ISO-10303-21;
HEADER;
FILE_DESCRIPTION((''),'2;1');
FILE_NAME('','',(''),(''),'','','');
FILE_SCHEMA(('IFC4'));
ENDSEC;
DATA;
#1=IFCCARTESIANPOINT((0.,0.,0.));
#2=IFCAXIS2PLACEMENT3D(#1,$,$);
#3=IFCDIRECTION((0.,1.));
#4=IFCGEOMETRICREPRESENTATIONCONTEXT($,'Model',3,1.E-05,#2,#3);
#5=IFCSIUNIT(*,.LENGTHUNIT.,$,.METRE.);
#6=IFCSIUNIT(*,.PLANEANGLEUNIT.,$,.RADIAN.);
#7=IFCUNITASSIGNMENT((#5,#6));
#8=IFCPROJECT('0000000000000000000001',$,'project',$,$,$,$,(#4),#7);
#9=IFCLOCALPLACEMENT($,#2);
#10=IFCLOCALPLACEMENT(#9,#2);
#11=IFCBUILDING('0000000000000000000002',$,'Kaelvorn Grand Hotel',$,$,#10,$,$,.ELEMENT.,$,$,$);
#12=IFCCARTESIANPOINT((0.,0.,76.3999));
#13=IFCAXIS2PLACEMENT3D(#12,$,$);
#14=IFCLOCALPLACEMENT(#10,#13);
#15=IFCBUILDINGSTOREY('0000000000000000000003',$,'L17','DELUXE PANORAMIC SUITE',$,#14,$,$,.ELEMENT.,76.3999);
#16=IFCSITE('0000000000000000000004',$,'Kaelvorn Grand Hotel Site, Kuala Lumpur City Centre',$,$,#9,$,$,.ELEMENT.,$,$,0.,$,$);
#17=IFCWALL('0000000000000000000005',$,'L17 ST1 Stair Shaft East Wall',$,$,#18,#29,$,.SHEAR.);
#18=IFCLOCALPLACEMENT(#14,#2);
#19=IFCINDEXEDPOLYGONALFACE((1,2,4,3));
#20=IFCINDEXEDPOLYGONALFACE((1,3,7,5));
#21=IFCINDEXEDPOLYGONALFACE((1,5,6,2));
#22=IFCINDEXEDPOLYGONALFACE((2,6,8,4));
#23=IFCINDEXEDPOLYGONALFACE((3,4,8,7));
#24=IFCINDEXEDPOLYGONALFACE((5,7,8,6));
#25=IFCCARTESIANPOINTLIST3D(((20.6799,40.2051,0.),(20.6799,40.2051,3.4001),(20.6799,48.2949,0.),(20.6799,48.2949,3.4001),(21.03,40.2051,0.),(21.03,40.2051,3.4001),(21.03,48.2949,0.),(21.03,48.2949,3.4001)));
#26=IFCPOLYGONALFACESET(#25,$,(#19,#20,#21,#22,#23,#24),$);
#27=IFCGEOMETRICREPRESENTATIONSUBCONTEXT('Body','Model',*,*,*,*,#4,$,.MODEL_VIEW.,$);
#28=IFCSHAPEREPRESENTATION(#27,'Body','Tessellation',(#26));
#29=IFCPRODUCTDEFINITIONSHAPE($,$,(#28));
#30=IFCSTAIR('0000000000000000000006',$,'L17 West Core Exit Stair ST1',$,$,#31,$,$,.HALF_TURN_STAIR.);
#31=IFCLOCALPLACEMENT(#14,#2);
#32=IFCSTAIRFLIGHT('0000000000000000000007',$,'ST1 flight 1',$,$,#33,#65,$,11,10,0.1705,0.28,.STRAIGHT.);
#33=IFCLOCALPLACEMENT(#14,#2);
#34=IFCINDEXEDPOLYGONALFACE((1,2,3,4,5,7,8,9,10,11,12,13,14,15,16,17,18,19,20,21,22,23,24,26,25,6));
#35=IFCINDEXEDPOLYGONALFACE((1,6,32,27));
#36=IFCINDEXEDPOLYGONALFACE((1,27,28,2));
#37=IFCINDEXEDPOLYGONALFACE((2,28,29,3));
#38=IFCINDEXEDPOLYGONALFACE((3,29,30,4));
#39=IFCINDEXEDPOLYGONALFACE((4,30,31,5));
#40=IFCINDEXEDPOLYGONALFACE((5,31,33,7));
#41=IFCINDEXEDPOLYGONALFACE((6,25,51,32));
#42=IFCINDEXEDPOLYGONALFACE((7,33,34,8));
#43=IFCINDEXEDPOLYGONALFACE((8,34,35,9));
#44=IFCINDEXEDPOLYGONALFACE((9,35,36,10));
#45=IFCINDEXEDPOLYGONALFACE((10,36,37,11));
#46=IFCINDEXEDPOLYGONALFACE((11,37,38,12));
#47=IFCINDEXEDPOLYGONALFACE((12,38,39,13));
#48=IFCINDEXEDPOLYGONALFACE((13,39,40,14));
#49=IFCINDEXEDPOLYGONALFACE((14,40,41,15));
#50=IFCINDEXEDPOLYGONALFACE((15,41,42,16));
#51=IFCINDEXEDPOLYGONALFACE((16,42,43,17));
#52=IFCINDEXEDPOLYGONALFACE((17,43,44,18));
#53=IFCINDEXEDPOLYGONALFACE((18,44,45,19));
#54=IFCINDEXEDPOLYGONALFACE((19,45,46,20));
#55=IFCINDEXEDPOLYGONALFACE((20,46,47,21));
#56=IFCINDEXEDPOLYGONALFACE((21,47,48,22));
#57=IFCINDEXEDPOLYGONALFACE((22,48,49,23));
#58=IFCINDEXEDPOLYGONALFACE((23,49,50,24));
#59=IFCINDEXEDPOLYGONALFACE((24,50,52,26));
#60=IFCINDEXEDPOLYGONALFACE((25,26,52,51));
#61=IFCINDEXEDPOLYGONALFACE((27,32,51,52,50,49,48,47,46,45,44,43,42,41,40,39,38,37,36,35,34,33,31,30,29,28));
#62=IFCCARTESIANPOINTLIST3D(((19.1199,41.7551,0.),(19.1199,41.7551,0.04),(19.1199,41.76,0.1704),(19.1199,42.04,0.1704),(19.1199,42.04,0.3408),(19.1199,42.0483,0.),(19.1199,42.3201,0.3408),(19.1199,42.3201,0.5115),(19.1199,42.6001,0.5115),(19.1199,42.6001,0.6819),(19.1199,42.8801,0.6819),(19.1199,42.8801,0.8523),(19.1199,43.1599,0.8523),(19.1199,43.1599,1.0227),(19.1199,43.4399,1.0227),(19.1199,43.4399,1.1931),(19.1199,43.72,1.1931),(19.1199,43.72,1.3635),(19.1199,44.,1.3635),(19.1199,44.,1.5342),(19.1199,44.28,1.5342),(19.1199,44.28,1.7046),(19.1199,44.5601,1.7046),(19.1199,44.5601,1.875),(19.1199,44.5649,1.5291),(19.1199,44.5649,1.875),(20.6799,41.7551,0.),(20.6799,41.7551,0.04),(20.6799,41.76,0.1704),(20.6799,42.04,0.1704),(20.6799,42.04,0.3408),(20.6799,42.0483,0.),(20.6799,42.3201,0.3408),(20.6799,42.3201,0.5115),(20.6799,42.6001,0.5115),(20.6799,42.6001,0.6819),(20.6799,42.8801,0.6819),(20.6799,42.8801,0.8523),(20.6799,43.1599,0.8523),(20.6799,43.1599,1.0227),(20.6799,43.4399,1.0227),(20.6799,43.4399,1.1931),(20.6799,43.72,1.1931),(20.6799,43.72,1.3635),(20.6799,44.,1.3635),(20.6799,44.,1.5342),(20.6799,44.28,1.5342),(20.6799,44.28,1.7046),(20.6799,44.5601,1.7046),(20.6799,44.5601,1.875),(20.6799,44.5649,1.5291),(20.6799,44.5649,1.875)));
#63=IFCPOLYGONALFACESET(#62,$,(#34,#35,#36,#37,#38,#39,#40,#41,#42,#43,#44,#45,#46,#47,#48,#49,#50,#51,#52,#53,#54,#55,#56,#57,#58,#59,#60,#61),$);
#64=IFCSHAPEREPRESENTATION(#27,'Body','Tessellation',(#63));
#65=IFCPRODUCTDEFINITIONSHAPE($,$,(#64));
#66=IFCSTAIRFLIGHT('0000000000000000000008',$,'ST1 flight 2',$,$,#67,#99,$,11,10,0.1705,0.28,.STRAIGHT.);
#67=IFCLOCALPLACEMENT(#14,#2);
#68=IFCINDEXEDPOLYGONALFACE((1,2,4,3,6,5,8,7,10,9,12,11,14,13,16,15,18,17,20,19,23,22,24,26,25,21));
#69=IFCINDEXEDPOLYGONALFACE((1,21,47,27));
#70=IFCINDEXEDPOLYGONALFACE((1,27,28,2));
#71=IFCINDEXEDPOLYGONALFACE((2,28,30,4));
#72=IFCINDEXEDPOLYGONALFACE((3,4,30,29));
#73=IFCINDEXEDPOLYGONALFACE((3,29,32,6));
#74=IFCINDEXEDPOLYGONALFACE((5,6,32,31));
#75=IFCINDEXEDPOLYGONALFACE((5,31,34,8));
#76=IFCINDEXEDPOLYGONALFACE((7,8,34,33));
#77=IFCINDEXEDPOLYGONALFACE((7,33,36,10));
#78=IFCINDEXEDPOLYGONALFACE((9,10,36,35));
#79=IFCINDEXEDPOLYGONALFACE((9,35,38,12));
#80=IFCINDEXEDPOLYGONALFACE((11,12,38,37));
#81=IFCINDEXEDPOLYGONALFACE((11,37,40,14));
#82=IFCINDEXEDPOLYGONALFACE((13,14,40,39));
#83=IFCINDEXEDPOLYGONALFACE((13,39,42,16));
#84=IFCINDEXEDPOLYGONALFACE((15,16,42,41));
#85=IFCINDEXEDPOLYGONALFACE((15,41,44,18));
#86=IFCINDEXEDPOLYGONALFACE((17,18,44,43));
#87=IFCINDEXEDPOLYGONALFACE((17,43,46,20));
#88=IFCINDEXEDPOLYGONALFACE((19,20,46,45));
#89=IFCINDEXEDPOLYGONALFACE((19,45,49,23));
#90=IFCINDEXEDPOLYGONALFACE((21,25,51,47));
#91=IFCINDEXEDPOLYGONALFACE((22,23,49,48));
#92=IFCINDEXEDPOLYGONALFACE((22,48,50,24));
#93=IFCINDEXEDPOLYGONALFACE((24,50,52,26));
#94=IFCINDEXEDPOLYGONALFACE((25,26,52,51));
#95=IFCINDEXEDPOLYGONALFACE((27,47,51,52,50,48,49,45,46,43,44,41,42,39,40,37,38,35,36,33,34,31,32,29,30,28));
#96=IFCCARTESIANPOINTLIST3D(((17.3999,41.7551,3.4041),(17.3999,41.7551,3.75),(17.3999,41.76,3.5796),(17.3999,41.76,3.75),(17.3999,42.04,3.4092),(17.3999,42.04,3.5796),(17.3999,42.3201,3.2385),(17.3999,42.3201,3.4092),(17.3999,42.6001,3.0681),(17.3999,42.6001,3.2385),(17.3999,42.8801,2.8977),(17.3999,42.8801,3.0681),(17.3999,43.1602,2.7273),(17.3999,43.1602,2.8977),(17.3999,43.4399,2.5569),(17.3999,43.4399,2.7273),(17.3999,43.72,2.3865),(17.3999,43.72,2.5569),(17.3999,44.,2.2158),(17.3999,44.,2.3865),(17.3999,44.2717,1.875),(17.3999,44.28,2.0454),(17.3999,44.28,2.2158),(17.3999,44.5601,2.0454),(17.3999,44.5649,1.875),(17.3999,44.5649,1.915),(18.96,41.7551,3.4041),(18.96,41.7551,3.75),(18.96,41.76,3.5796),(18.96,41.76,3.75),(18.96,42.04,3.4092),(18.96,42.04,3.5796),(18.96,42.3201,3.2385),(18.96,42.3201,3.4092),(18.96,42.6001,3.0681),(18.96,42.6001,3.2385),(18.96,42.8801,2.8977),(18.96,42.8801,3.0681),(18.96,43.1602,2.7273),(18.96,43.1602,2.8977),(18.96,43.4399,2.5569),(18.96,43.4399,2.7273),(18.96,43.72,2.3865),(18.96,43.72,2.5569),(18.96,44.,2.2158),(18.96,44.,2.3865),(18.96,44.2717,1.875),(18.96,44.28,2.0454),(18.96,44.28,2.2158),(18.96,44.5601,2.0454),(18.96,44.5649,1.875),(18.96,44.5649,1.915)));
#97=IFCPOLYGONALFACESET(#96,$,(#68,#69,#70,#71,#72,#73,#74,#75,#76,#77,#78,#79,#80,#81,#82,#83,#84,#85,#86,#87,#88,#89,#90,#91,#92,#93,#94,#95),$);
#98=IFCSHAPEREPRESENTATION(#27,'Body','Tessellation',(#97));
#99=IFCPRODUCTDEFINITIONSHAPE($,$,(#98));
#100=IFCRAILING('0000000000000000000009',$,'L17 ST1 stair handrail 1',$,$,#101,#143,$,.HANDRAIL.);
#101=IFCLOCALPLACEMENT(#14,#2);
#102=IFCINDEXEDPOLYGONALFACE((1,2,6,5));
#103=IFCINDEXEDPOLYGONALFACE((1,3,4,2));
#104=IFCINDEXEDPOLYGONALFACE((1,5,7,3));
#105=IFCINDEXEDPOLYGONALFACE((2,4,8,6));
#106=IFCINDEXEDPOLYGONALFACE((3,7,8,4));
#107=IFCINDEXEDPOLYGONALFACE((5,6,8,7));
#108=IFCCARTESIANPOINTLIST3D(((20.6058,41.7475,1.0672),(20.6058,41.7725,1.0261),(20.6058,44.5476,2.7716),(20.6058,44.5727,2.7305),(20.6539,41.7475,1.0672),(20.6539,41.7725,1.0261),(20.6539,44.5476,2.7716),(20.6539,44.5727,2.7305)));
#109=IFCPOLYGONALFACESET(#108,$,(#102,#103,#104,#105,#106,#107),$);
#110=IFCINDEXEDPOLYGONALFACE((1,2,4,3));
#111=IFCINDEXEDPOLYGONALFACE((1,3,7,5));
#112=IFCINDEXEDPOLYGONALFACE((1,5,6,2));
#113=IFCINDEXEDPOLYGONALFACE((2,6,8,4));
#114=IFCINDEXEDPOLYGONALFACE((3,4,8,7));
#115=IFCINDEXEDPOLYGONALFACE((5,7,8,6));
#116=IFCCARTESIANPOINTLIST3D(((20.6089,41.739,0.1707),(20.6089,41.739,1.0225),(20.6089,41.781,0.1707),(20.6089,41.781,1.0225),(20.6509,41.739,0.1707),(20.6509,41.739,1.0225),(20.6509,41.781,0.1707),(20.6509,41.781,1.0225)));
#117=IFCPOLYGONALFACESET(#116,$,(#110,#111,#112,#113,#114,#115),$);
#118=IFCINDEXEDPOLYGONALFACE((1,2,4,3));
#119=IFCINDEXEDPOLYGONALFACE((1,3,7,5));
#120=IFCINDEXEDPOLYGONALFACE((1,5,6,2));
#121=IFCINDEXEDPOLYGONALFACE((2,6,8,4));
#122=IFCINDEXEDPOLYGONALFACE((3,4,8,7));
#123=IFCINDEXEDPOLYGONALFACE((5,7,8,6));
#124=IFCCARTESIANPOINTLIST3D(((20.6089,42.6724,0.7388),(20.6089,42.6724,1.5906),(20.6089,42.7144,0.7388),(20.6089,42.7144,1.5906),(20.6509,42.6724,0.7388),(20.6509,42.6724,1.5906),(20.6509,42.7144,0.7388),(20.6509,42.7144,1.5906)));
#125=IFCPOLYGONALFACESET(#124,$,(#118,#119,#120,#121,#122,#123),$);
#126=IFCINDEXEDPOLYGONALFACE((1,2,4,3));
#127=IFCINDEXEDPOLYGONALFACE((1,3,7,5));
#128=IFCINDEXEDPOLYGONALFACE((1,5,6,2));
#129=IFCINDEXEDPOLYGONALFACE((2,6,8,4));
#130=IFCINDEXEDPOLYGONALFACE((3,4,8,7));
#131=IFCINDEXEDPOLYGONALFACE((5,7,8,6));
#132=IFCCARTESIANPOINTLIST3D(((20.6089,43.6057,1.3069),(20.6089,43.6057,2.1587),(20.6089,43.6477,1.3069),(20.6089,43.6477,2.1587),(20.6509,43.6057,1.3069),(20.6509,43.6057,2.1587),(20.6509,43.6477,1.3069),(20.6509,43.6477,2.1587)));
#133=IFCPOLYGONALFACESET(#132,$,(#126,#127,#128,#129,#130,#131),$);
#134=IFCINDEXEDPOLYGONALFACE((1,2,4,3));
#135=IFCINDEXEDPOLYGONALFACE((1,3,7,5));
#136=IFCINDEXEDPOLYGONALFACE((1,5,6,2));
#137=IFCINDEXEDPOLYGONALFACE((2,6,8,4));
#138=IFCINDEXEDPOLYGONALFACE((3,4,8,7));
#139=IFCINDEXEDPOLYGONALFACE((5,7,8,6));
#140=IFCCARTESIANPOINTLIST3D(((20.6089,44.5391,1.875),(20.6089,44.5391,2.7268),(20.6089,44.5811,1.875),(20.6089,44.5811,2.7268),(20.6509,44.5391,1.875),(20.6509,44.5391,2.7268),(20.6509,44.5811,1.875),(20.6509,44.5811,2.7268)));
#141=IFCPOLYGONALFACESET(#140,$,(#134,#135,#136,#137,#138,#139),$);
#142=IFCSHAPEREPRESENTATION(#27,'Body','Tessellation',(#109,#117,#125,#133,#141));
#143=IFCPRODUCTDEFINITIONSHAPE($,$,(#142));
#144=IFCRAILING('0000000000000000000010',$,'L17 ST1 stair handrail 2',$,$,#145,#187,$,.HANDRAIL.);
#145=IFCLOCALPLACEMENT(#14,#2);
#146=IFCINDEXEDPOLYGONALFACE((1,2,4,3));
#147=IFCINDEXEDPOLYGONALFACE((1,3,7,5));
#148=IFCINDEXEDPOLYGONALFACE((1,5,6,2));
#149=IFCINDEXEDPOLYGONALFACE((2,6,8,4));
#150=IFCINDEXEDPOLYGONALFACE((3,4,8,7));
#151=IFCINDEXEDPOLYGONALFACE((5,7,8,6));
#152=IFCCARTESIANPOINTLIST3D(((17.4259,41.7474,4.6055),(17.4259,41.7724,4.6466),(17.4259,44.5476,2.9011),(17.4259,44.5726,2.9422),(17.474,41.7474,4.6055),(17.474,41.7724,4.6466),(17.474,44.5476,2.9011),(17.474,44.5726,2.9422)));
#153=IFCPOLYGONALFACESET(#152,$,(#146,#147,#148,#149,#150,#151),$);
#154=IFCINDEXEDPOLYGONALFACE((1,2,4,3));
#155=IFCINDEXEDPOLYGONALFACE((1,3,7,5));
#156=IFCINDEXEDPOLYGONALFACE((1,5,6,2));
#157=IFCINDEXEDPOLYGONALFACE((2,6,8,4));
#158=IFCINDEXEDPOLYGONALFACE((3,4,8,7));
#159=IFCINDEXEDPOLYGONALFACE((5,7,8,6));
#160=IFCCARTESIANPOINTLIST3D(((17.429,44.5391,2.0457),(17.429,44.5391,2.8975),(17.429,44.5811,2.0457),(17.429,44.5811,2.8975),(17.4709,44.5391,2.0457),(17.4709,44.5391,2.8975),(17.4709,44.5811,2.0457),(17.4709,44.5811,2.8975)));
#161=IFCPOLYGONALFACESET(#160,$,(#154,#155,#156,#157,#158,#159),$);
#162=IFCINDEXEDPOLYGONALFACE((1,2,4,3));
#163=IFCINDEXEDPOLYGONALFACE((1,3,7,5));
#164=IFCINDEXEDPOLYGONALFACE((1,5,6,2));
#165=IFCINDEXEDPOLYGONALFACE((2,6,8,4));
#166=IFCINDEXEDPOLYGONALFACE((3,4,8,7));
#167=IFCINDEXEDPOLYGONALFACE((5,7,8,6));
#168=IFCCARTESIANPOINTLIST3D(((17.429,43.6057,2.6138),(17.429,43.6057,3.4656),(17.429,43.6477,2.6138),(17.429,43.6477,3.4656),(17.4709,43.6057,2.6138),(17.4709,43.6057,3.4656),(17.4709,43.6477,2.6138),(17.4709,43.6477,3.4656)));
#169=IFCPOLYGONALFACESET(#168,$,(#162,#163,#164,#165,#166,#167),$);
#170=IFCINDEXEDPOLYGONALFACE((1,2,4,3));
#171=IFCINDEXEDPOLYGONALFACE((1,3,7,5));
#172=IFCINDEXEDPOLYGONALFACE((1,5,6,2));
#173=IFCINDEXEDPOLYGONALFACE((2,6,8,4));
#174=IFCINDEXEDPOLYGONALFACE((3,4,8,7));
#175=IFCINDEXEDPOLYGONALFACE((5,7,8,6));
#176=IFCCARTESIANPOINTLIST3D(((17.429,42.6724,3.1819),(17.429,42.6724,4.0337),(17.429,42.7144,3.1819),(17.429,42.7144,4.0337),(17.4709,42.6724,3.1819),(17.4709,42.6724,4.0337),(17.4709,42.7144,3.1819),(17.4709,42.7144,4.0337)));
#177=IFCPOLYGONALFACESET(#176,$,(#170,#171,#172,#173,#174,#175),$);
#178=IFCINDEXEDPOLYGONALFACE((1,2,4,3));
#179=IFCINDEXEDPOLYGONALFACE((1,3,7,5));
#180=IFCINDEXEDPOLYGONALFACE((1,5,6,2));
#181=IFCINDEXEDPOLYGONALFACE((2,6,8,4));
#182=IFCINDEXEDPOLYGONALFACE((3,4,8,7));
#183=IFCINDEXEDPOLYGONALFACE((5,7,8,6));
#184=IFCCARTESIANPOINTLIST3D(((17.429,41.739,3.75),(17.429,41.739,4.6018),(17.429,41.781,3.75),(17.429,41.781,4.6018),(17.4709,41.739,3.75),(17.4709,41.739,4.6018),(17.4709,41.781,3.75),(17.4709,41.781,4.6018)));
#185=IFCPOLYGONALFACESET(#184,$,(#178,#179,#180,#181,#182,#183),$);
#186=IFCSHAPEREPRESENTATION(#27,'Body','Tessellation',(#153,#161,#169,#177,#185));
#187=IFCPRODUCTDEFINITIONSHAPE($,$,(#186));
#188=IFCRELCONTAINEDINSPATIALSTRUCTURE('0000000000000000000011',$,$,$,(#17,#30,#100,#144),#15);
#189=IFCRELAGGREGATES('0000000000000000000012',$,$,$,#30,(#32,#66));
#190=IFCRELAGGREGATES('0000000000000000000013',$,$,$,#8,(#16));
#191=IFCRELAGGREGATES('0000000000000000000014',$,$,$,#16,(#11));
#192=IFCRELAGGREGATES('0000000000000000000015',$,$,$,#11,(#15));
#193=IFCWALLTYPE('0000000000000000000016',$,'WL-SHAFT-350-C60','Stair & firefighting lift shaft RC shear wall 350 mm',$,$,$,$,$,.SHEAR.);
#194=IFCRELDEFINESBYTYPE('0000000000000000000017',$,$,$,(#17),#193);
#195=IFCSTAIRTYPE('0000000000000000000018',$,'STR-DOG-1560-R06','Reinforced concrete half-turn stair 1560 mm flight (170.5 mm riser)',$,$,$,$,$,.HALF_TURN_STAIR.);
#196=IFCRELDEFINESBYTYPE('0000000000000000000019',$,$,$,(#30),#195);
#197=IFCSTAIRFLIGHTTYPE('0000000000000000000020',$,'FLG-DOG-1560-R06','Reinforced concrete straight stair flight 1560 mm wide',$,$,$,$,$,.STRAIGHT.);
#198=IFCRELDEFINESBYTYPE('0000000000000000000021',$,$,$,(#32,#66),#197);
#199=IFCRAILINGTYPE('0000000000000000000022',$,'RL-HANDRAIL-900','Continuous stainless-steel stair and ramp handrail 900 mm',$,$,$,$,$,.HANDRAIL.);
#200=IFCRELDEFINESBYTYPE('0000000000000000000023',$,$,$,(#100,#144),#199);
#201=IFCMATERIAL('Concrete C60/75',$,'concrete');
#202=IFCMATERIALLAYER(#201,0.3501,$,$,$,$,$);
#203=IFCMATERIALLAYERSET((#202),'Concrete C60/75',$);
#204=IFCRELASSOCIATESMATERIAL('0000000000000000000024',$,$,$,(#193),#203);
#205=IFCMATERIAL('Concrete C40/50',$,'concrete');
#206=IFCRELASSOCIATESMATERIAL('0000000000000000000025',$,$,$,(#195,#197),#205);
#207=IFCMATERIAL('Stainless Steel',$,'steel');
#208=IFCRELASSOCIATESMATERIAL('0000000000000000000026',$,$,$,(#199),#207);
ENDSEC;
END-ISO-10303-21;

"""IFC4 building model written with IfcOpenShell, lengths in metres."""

from ifc_helpers import new_model, si_unit, direction, frame, frame_2d, origin, origin_2d, place, context, subcontext, project, spatial, polyline, rectangle, outline, extrude, material, layer, layer_set, type_object, element, aggregate, save


model = new_model("IFC4")

# Units and contexts
model_context = context("Model", 3, precision=1e-05, world=origin(), true_north=direction((0.0, 1.0)))
body_context = subcontext(model_context, "Body", "Model", "MODEL_VIEW")
ifc_project = project(units=[si_unit("LENGTHUNIT", "METRE"), si_unit("PLANEANGLEUNIT", "RADIAN")], contexts=[model_context])

# Site, building, storey
site_placement = place(None, origin())
site = spatial("IfcSite", under=ifc_project, at=site_placement, Name="Kaelvorn Grand Hotel Site, Kuala Lumpur City Centre", CompositionType="ELEMENT", RefElevation=0.0)
building_placement = place(site_placement, origin())
building = spatial("IfcBuilding", under=site, at=building_placement, Name="Kaelvorn Grand Hotel", CompositionType="ELEMENT")
storey_placement = place(building_placement, frame((0.0, 0.0, 76.3999)))
storey = spatial("IfcBuildingStorey", under=building, at=storey_placement, Name="L17", Description="DELUXE PANORAMIC SUITE", CompositionType="ELEMENT", Elevation=76.3999)

# Shared definitions
ifc_material_1 = material(Name="Concrete C60/75", Category="concrete")

# Wall
ifc_material_2 = material(Name="Concrete C40/50", Category="concrete")
ifc_layer_1 = layer(ifc_material_1, 0.3501)
ifc_layer_set_1 = layer_set([ifc_layer_1], Name="Concrete C60/75")
wall_type_1 = type_object("IfcWallType", Name="WL-SHAFT-350-C60", Description="Stair & firefighting lift shaft RC shear wall 350 mm", PredefinedType="SHEAR", material=ifc_layer_set_1)
for number, where, z_axis, x_axis, name in (
    (1, (20.855, 40.2051, 0.0), (0.0, 0.0, 1.0), (0.0, 1.0, 0.0), "L17 ST1 Stair Shaft East Wall"),
):
    element("IfcWall", number, at=place(storey_placement, frame(where, z_axis=z_axis, x_axis=x_axis)), inside=storey, type_object=wall_type_1, Name=name, PredefinedType="SHEAR", context=body_context, shape_type="SweptSolid", body=[
        extrude(rectangle(XDim=8.0898, YDim=0.3501, at=frame_2d((4.0449, 0.0))), origin(), (0.0, 0.0, 1.0), 3.4001),
    ])

# Stair, stair flights
stair_type = type_object("IfcStairType", Name="STR-DOG-1560-R06", Description="Reinforced concrete half-turn stair 1560 mm flight (170.5 mm riser)", PredefinedType="HALF_TURN_STAIR", material=ifc_material_2)
stair_placement = place(storey_placement, origin())
stair = element("IfcStair", 2, at=stair_placement, inside=storey, type_object=stair_type, Name="L17 West Core Exit Stair ST1", PredefinedType="HALF_TURN_STAIR")
stair_flight_type = type_object("IfcStairFlightType", Name="FLG-DOG-1560-R06", Description="Reinforced concrete straight stair flight 1560 mm wide", PredefinedType="STRAIGHT", material=ifc_material_2)
stair_flight_1_placement = place(storey_placement, frame((19.8999, 41.76, 0.0), z_axis=(0.0, 0.0, 1.0), x_axis=(0.0, 1.0, 0.0)))
stair_flight_1 = element("IfcStairFlight", 3, at=stair_flight_1_placement, type_object=stair_flight_type, Name="ST1 flight 1", NumberOfRisers=11, NumberOfTreads=10, PredefinedType="STRAIGHT", RiserHeight=0.1705, TreadLength=0.28, context=body_context, shape_type="SweptSolid", body=[
    extrude(outline(polyline([(-0.0049, 0.0), (-0.0049, 0.04), (0.0, 0.1704), (0.28, 0.1704), (0.28, 0.3408), (0.5601, 0.3408), (0.5601, 0.5115), (0.8401, 0.5115), (0.8401, 0.6819), (1.1201, 0.6819), (1.1201, 0.8523), (1.3999, 0.8523), (1.3999, 1.0227), (1.6799, 1.0227), (1.6799, 1.1931), (1.96, 1.1931), (1.96, 1.3635), (2.24, 1.3635), (2.24, 1.5342), (2.52, 1.5342), (2.52, 1.7046), (2.8, 1.7046), (2.8, 1.875), (2.8049, 1.875), (2.8049, 1.5291), (0.2883, 0.0), (-0.0049, 0.0)])), frame((0.0, 0.78, 0.0), z_axis=(0.0, -1.0, 0.0), x_axis=(1.0, 0.0, 0.0)), (0.0, 0.0, 1.0), 1.5601),
])
stair_flight_2_placement = place(storey_placement, frame((18.1799, 44.5601, 1.875), z_axis=(0.0, 0.0, 1.0), x_axis=(0.0, -1.0, 0.0)))
stair_flight_2 = element("IfcStairFlight", 4, at=stair_flight_2_placement, type_object=stair_flight_type, Name="ST1 flight 2", NumberOfRisers=11, NumberOfTreads=10, PredefinedType="STRAIGHT", RiserHeight=0.1705, TreadLength=0.28, context=body_context, shape_type="SweptSolid", body=[
    extrude(outline(polyline([(-0.0049, 0.0), (-0.0049, 0.04), (0.0, 0.1704), (0.28, 0.1704), (0.28, 0.3408), (0.5601, 0.3408), (0.5601, 0.5115), (0.8401, 0.5115), (0.8401, 0.6819), (1.1201, 0.6819), (1.1201, 0.8523), (1.3999, 0.8523), (1.3999, 1.0227), (1.6799, 1.0227), (1.6799, 1.1931), (1.96, 1.1931), (1.96, 1.3635), (2.24, 1.3635), (2.24, 1.5342), (2.52, 1.5342), (2.52, 1.7046), (2.8, 1.7046), (2.8, 1.875), (2.8049, 1.875), (2.8049, 1.5291), (0.2883, 0.0), (-0.0049, 0.0)])), frame((0.0, 0.78, 0.0), z_axis=(0.0, -1.0, 0.0), x_axis=(1.0, 0.0, 0.0)), (0.0, 0.0, 1.0), 1.5601),
])
aggregate(stair, [stair_flight_1, stair_flight_2])

# Railings
ifc_material_3 = material(Name="Stainless Steel", Category="steel")
railing_type_1 = type_object("IfcRailingType", Name="RL-HANDRAIL-900", Description="Continuous stainless-steel stair and ramp handrail 900 mm", PredefinedType="HANDRAIL", material=ifc_material_3)
railing_1_placement = place(storey_placement, frame((20.6299, 41.76, 0.1707)))
element("IfcRailing", 5, at=railing_1_placement, inside=storey, type_object=railing_type_1, Name="L17 ST1 stair handrail 1", PredefinedType="HANDRAIL", context=body_context, shape_type="SweptSolid", body=[
    extrude(rectangle(XDim=0.0481, YDim=0.0481, at=origin_2d()), frame((0.0, 0.0, 0.876), z_axis=(0.0, 0.854203, 0.51994), x_axis=(-1.0, 0.0, 0.0)), (0.0, 0.0, 1.0), 3.2781),
    extrude(rectangle(XDim=0.042, YDim=0.042, at=origin_2d()), origin(), (0.0, 0.0, 1.0), 0.8518),
    extrude(rectangle(XDim=0.042, YDim=0.042, at=origin_2d()), frame((0.0, 0.9333, 0.5681)), (0.0, 0.0, 1.0), 0.8518),
    extrude(rectangle(XDim=0.042, YDim=0.042, at=origin_2d()), frame((0.0, 1.8667, 1.1362)), (0.0, 0.0, 1.0), 0.8518),
    extrude(rectangle(XDim=0.042, YDim=0.042, at=origin_2d()), frame((0.0, 2.8, 1.7043)), (0.0, 0.0, 1.0), 0.8518),
])
railing_2_placement = place(storey_placement, frame((17.45, 44.5601, 2.0457)))
element("IfcRailing", 6, at=railing_2_placement, inside=storey, type_object=railing_type_1, Name="L17 ST1 stair handrail 2", PredefinedType="HANDRAIL", context=body_context, shape_type="SweptSolid", body=[
    extrude(rectangle(XDim=0.0481, YDim=0.0481, at=origin_2d()), frame((0.0, 0.0, 0.876), z_axis=(0.0, -0.854203, 0.51994), x_axis=(1.0, 0.0, 0.0)), (0.0, 0.0, 1.0), 3.2781),
    extrude(rectangle(XDim=0.042, YDim=0.042, at=origin_2d()), origin(), (0.0, 0.0, 1.0), 0.8518),
    extrude(rectangle(XDim=0.042, YDim=0.042, at=origin_2d()), frame((0.0, -0.9333, 0.5681)), (0.0, 0.0, 1.0), 0.8518),
    extrude(rectangle(XDim=0.042, YDim=0.042, at=origin_2d()), frame((0.0, -1.8667, 1.1362)), (0.0, 0.0, 1.0), 0.8518),
    extrude(rectangle(XDim=0.042, YDim=0.042, at=origin_2d()), frame((0.0, -2.8, 1.7043)), (0.0, 0.0, 1.0), 0.8518),
])

save(model, "model.ifc")
